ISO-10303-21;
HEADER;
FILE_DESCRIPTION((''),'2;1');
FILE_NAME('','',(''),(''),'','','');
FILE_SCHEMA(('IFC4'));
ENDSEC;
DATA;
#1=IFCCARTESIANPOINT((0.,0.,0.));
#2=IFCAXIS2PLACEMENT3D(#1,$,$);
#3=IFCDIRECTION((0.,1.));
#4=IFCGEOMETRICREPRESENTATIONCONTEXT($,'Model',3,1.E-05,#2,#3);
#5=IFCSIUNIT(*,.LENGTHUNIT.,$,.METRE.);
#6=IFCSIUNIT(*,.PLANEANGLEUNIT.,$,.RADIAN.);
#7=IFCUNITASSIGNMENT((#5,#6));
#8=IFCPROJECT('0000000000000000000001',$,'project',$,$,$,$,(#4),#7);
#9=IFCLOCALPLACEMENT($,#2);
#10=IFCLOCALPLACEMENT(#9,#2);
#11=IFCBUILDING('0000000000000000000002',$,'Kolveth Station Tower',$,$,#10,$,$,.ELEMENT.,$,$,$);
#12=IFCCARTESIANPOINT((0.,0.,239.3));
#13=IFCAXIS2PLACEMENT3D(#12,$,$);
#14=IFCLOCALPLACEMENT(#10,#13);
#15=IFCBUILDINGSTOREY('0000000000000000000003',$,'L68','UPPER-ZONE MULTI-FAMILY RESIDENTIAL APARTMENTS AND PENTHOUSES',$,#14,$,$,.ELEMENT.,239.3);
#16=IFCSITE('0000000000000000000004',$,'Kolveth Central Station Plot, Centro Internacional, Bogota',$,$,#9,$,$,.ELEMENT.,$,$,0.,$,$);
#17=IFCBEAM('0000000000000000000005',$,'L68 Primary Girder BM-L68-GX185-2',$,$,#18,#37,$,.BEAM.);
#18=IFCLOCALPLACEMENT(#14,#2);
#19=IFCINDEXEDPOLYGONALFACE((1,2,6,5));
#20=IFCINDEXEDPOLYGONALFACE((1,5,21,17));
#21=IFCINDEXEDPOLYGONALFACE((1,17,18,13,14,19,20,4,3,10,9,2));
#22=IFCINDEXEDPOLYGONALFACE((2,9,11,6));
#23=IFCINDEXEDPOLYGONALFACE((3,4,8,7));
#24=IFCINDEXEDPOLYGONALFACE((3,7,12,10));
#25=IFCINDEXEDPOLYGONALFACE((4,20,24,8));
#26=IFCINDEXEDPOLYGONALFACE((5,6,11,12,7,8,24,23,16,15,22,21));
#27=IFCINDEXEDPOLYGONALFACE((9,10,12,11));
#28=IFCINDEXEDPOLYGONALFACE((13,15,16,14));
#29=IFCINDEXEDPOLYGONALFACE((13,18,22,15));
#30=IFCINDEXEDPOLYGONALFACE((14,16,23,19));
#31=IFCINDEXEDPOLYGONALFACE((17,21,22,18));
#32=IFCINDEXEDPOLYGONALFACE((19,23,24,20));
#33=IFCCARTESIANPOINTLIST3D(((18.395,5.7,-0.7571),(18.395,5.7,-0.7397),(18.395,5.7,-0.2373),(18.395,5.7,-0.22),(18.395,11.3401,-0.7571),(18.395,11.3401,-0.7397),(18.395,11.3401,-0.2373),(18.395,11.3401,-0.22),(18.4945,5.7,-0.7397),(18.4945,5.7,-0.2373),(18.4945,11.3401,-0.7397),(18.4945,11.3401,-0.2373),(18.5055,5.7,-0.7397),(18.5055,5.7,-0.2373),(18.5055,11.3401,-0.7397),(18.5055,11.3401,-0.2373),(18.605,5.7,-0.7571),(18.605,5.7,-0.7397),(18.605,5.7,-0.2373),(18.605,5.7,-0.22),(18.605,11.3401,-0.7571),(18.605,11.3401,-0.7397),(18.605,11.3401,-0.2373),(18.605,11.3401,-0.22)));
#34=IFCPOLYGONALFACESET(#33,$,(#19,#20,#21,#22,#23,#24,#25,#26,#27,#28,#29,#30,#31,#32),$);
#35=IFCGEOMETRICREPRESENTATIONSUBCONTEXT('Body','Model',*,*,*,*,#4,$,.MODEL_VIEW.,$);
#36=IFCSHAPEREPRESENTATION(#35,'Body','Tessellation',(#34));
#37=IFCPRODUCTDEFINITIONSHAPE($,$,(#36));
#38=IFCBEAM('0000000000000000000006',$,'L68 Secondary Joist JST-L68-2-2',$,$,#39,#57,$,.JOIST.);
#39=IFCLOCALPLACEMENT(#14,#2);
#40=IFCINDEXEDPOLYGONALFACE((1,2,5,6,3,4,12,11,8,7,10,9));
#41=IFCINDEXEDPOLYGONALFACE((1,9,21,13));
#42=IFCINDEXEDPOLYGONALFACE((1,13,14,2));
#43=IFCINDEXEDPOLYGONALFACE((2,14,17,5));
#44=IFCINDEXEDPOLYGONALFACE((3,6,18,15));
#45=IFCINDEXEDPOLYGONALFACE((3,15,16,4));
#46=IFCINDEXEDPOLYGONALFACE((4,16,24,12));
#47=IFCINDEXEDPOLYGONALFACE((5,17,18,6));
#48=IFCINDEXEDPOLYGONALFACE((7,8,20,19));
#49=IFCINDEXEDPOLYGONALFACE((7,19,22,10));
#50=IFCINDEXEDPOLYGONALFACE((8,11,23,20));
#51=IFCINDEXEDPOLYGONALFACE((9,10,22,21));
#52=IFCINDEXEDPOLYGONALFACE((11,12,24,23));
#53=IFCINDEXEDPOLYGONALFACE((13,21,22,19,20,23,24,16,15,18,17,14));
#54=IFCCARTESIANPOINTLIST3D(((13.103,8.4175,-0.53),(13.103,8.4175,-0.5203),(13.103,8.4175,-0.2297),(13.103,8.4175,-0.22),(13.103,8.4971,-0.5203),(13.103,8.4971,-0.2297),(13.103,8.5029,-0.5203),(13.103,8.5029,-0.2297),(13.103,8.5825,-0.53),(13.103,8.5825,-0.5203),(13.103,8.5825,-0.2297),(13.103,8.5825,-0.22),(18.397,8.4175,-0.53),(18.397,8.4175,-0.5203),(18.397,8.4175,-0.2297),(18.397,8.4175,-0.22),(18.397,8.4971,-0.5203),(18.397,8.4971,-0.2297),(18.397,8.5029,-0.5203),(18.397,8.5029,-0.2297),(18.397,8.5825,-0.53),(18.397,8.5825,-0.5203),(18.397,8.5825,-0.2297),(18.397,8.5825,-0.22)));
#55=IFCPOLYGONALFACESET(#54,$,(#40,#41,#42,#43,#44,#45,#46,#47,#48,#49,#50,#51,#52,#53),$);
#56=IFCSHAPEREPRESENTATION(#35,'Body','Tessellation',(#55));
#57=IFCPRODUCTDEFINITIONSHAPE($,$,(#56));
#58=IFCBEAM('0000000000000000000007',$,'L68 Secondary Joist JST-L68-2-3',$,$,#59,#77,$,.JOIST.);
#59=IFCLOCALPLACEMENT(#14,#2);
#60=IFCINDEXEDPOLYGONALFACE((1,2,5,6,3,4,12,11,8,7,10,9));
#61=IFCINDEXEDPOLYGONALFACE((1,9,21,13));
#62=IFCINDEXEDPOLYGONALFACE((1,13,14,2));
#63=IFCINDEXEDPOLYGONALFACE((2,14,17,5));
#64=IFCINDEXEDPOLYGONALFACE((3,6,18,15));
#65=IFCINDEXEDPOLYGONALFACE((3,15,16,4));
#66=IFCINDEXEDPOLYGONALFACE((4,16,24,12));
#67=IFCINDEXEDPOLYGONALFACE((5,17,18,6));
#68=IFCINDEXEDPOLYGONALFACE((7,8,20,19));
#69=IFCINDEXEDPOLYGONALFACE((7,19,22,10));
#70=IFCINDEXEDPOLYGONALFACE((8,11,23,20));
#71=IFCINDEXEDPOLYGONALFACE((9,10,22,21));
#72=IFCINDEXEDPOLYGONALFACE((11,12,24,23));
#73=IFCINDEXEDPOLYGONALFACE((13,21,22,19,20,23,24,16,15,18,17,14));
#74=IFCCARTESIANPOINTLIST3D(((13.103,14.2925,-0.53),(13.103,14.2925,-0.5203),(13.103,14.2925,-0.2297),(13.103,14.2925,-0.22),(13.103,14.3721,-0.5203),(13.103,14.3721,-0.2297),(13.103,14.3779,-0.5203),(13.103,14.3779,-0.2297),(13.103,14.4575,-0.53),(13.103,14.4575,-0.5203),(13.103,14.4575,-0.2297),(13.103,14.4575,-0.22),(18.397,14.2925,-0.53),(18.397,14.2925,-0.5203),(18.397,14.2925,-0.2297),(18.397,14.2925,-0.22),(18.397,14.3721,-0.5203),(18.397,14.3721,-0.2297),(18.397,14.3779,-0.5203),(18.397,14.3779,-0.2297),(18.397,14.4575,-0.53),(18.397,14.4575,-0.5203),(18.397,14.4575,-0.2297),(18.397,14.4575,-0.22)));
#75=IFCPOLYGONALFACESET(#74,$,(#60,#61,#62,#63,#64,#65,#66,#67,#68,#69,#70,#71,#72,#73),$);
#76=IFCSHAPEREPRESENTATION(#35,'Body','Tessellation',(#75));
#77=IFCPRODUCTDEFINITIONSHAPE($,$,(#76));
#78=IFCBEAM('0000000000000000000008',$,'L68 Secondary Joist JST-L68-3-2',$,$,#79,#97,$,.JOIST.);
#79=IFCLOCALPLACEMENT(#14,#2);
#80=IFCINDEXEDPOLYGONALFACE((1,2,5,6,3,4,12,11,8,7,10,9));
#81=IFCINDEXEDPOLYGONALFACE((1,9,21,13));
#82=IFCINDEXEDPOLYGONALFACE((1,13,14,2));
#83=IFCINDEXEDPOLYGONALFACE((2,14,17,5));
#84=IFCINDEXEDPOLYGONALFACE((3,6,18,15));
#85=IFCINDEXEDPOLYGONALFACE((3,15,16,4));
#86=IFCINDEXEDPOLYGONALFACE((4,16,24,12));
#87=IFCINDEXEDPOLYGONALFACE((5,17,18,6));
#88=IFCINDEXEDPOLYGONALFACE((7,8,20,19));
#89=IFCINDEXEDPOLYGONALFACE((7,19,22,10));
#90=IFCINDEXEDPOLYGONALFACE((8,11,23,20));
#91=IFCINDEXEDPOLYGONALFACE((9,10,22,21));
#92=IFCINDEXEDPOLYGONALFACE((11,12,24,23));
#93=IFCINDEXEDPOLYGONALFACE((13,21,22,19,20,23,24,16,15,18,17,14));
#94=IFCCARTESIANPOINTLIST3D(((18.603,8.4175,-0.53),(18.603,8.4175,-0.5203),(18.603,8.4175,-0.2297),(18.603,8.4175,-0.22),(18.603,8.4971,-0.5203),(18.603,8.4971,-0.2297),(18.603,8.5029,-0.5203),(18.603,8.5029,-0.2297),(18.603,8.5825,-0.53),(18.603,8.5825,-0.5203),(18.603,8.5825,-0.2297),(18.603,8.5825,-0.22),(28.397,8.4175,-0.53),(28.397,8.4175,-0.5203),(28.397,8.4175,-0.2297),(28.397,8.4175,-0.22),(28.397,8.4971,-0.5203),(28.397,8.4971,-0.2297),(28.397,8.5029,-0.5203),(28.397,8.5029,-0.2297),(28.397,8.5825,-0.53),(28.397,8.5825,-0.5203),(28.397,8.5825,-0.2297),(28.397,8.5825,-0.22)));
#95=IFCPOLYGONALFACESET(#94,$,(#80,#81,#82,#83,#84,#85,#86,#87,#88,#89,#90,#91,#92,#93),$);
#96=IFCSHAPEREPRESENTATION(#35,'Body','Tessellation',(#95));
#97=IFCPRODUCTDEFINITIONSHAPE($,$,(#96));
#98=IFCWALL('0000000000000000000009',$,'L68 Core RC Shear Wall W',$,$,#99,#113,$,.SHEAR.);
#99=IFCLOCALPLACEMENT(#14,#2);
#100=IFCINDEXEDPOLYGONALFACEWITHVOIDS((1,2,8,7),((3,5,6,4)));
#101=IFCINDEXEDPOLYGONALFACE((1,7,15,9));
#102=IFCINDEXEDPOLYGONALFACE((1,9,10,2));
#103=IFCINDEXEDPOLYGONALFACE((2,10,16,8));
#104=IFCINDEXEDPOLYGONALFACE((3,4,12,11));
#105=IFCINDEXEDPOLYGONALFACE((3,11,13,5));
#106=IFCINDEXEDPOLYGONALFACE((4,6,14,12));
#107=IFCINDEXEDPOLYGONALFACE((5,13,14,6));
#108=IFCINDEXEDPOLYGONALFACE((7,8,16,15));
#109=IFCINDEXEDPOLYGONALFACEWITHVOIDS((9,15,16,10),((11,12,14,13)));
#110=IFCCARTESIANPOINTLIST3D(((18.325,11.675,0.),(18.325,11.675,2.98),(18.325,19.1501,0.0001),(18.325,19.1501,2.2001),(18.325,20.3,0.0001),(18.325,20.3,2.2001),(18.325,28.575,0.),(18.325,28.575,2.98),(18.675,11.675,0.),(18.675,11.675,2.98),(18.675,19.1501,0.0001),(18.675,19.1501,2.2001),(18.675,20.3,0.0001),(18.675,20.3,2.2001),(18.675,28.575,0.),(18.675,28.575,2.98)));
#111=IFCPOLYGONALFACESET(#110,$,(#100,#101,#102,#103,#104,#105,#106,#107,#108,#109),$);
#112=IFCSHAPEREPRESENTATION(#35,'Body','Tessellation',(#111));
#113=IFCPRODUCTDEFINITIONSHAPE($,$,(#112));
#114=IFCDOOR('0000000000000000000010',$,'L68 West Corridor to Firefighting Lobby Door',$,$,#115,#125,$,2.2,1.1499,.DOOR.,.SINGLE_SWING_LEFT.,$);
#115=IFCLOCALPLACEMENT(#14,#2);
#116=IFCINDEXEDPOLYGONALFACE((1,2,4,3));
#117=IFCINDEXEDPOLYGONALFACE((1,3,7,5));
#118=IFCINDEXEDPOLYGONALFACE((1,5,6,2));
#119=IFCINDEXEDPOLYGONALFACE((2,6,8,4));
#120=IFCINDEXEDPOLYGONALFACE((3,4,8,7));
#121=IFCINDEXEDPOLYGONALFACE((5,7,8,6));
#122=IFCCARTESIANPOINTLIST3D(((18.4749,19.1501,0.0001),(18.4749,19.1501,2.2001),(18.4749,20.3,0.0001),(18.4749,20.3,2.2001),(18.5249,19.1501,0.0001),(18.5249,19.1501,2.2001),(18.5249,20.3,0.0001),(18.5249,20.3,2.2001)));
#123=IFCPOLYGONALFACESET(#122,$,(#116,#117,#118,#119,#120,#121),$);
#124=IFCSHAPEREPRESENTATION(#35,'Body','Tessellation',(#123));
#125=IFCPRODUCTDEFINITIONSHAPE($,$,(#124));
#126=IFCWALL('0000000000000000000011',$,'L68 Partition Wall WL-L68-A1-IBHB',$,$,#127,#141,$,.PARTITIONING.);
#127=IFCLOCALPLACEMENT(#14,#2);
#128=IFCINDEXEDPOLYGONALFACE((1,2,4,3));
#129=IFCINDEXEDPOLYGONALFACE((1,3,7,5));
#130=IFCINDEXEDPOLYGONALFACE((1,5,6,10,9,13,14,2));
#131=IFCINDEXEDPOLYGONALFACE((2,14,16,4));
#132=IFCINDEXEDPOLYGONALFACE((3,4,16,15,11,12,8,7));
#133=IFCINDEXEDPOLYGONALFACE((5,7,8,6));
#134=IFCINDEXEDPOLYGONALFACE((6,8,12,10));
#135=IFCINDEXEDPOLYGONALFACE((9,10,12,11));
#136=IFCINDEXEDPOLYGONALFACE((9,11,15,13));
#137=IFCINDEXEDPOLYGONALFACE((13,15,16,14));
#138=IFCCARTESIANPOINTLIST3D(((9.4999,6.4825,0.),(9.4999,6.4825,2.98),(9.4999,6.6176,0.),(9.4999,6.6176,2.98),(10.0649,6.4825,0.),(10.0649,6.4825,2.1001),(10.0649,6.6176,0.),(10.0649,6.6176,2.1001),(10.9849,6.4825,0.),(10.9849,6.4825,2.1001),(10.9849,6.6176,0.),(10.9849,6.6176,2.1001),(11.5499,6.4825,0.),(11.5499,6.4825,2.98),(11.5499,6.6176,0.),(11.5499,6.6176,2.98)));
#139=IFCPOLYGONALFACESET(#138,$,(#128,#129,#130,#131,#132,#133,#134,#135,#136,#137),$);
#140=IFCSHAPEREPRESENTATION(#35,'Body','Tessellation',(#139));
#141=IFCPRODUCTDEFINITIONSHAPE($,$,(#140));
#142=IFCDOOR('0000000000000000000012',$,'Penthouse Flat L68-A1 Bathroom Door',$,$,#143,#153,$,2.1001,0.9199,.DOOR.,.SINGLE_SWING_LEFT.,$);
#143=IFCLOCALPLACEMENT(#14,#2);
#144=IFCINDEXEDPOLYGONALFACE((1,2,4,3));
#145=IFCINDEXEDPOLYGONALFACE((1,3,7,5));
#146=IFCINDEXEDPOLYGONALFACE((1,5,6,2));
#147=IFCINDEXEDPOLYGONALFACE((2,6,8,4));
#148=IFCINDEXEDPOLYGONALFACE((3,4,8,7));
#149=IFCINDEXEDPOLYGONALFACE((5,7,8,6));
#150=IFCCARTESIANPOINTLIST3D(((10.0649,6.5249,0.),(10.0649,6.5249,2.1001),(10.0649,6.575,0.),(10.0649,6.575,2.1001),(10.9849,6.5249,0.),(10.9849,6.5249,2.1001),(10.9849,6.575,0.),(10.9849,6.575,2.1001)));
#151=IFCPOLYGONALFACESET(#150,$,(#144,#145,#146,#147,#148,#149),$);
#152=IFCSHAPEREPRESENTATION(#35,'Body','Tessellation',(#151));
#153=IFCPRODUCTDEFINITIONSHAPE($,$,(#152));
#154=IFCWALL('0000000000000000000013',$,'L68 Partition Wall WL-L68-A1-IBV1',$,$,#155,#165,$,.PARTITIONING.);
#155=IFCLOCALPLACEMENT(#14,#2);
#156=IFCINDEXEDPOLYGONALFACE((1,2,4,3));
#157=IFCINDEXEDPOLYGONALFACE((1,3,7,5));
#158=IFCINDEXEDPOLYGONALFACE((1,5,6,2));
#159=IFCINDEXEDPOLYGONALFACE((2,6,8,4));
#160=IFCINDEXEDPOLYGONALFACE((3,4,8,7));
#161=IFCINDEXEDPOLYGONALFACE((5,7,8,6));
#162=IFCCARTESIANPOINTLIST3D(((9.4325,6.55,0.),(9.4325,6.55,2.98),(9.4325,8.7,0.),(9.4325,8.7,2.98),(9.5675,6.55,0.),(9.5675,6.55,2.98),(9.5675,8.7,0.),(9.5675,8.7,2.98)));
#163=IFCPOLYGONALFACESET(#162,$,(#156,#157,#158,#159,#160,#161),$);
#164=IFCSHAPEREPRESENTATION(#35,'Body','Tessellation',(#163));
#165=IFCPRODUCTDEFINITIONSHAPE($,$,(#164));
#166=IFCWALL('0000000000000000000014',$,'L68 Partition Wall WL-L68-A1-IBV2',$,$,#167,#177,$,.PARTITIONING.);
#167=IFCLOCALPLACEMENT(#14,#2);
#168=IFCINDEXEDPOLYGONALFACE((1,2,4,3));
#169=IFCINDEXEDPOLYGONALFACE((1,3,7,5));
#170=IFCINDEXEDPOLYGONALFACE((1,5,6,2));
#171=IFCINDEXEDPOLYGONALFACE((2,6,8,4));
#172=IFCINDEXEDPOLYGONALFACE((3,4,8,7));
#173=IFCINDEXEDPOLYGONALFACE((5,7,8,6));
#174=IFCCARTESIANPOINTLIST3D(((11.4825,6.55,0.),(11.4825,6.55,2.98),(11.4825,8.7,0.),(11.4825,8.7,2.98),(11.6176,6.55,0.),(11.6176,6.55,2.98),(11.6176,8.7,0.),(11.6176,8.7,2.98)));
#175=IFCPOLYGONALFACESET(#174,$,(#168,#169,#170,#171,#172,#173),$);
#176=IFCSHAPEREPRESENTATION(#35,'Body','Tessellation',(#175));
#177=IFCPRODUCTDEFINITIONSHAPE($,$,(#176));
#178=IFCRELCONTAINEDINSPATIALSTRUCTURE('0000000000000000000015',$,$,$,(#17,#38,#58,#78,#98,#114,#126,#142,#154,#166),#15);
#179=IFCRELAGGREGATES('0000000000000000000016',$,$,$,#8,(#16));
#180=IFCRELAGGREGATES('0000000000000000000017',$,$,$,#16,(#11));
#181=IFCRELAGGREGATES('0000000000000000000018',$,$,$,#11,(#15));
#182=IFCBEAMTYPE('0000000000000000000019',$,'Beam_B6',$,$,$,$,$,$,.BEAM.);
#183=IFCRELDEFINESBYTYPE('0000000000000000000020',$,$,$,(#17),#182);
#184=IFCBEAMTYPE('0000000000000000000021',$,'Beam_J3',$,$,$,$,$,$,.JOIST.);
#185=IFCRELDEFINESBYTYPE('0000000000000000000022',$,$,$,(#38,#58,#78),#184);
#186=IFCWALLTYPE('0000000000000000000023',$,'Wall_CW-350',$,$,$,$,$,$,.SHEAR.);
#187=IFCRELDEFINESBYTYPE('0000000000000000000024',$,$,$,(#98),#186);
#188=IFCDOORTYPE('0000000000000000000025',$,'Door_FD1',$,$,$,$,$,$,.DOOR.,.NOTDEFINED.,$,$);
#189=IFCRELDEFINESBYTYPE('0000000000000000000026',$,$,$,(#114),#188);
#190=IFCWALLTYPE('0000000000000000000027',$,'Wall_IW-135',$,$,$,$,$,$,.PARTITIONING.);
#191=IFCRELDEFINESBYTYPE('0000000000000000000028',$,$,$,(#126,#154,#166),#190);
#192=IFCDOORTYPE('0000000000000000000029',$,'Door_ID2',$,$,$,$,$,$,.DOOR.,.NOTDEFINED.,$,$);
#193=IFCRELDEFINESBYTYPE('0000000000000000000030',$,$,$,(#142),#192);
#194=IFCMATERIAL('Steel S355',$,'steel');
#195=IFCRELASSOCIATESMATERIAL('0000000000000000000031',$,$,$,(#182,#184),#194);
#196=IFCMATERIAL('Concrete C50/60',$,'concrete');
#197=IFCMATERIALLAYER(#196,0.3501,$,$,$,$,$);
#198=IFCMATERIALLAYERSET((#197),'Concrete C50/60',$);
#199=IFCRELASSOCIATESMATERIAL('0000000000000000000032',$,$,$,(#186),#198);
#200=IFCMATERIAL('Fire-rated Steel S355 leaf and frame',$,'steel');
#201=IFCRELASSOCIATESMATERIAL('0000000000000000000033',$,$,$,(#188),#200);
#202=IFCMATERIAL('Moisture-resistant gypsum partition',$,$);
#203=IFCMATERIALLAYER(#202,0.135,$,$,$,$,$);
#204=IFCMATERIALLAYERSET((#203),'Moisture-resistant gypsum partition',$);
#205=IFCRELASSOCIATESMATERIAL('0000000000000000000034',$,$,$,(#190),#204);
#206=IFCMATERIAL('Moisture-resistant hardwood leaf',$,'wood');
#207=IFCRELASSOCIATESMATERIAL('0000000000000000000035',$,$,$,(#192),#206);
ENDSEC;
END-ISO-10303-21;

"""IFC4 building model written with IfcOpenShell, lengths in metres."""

from ifc_helpers import new_model, si_unit, direction, frame, frame_2d, origin, origin_2d, place, context, subcontext, project, spatial, rectangle, i_section, extrude, source, transform, mapped, material, layer, layer_set, material_profile, profile_set, type_object, element, fill, save


model = new_model("IFC4")

# Units and contexts
model_context = context("Model", 3, precision=1e-05, world=origin(), true_north=direction((0.0, 1.0)))
body_context = subcontext(model_context, "Body", "Model", "MODEL_VIEW")
ifc_project = project(units=[si_unit("LENGTHUNIT", "METRE"), si_unit("PLANEANGLEUNIT", "RADIAN")], contexts=[model_context])

# Site, building, storey
site_placement = place(None, origin())
site = spatial("IfcSite", under=ifc_project, at=site_placement, Name="Kolveth Central Station Plot, Centro Internacional, Bogota", CompositionType="ELEMENT", RefElevation=0.0)
building_placement = place(site_placement, origin())
building = spatial("IfcBuilding", under=site, at=building_placement, Name="Kolveth Station Tower", CompositionType="ELEMENT")
storey_placement = place(building_placement, frame((0.0, 0.0, 239.3)))
storey = spatial("IfcBuildingStorey", under=building, at=storey_placement, Name="L68", Description="UPPER-ZONE MULTI-FAMILY RESIDENTIAL APARTMENTS AND PENTHOUSES", CompositionType="ELEMENT", Elevation=239.3)

# Shared definitions
ifc_material_1 = material(Name="Steel S355", Category="steel")

# Beams
ifc_material_profile_1 = material_profile(ifc_material_1, i_section(OverallWidth=0.21, OverallDepth=0.5371, WebThickness=0.011, FlangeThickness=0.0173, at=origin_2d()), Name="W530x101")
ifc_profile_set_1 = profile_set([ifc_material_profile_1], Name="Steel S355")
beam_type_1 = type_object("IfcBeamType", Name="Beam_B6", PredefinedType="BEAM", material=ifc_profile_set_1)
shared_shape_1 = source(origin(), body_context, "Body", "SweptSolid", [
    extrude(i_section(OverallWidth=0.21, OverallDepth=0.5371, WebThickness=0.011, FlangeThickness=0.0173, at=origin_2d()), origin(), (0.0, 0.0, 1.0), 5.6401),
])
beam_1_placement = place(storey_placement, frame((18.5, 5.7, -0.4885), z_axis=(0.0, 1.0, 0.0), x_axis=(-1.0, 0.0, 0.0)))
element("IfcBeam", 1, at=beam_1_placement, inside=storey, type_object=beam_type_1, Name="L68 Primary Girder BM-L68-GX185-2", PredefinedType="BEAM", context=body_context, shape_type="MappedRepresentation", body=[
    mapped(shared_shape_1, transform((0.0, 0.0, 0.0), x_axis=(1.0, 0.0, 0.0), y_axis=(0.0, 1.0, 0.0), z_axis=(0.0, 0.0, 1.0), scale=1.0)),
])
ifc_material_profile_2 = material_profile(ifc_material_1, i_section(OverallWidth=0.165, OverallDepth=0.3101, WebThickness=0.0059, FlangeThickness=0.0098, at=origin_2d()), Name="W310x39")
ifc_profile_set_2 = profile_set([ifc_material_profile_2], Name="Steel S355")
beam_type_2 = type_object("IfcBeamType", Name="Beam_J3", PredefinedType="JOIST", material=ifc_profile_set_2)
shared_shape_2 = source(origin(), body_context, "Body", "SweptSolid", [
    extrude(i_section(OverallWidth=0.165, OverallDepth=0.3101, WebThickness=0.0059, FlangeThickness=0.0098, at=origin_2d()), origin(), (0.0, 0.0, 1.0), 5.2939),
])
for number, where, z_axis, x_axis, name in (
    (2, (13.103, 8.5, -0.375), (1.0, 0.0, 0.0), (0.0, 1.0, 0.0), "L68 Secondary Joist JST-L68-2-2"),
    (3, (13.103, 14.375, -0.375), (1.0, 0.0, 0.0), (0.0, 1.0, 0.0), "L68 Secondary Joist JST-L68-2-3"),
):
    element("IfcBeam", number, at=place(storey_placement, frame(where, z_axis=z_axis, x_axis=x_axis)), inside=storey, type_object=beam_type_2, Name=name, PredefinedType="JOIST", context=body_context, shape_type="MappedRepresentation", body=[
        mapped(shared_shape_2, transform((0.0, 0.0, 0.0), x_axis=(1.0, 0.0, 0.0), y_axis=(0.0, 1.0, 0.0), z_axis=(0.0, 0.0, 1.0), scale=1.0)),
    ])
shared_shape_3 = source(origin(), body_context, "Body", "SweptSolid", [
    extrude(i_section(OverallWidth=0.165, OverallDepth=0.3101, WebThickness=0.0059, FlangeThickness=0.0098, at=origin_2d()), origin(), (0.0, 0.0, 1.0), 9.7939),
])
beam_2_placement = place(storey_placement, frame((18.603, 8.5, -0.375), z_axis=(1.0, 0.0, 0.0), x_axis=(0.0, 1.0, 0.0)))
element("IfcBeam", 4, at=beam_2_placement, inside=storey, type_object=beam_type_2, Name="L68 Secondary Joist JST-L68-3-2", PredefinedType="JOIST", context=body_context, shape_type="MappedRepresentation", body=[
    mapped(shared_shape_3, transform((0.0, 0.0, 0.0), x_axis=(1.0, 0.0, 0.0), y_axis=(0.0, 1.0, 0.0), z_axis=(0.0, 0.0, 1.0), scale=1.0)),
])

# Shared definitions
ifc_material_2 = material(Name="Concrete C50/60", Category="concrete")
ifc_layer_1 = layer(ifc_material_2, 0.3501)
ifc_layer_set_1 = layer_set([ifc_layer_1], Name="Concrete C50/60")
wall_type_1 = type_object("IfcWallType", Name="Wall_CW-350", PredefinedType="SHEAR", material=ifc_layer_set_1)

# Walls, openings, doors
wall_1_placement = place(storey_placement, frame((18.5, 11.675, 0.0), z_axis=(0.0, 0.0, 1.0), x_axis=(0.0, 1.0, 0.0)))
wall_1 = element("IfcWall", 5, at=wall_1_placement, inside=storey, type_object=wall_type_1, Name="L68 Core RC Shear Wall W", PredefinedType="SHEAR", context=body_context, shape_type="SweptSolid", body=[
    extrude(rectangle(XDim=16.8999, YDim=0.3501, at=frame_2d((8.45, 0.0))), origin(), (0.0, 0.0, 1.0), 2.98),
])
opening_1_placement = place(wall_1_placement, frame((7.4751, 0.0, 0.0)))
opening_1 = element("IfcOpeningElement", 6, at=opening_1_placement, cuts=wall_1, PredefinedType="OPENING", context=body_context, shape_type="SweptSolid", body=[
    extrude(rectangle(XDim=1.1499, YDim=2.2, at=frame_2d((0.575, 1.1001))), frame((0.0, 0.1851, 0.0), z_axis=(0.0, -1.0, 0.0), x_axis=(1.0, 0.0, 0.0)), (0.0, 0.0, 1.0), 0.3701),
])
ifc_material_3 = material(Name="Fire-rated Steel S355 leaf and frame", Category="steel")
door_type_1 = type_object("IfcDoorType", Name="Door_FD1", OperationType="NOTDEFINED", PredefinedType="DOOR", material=ifc_material_3)
door_1_placement = place(opening_1_placement, frame((1.1499, 0.0, 0.0), z_axis=(0.0, 0.0, 1.0), x_axis=(-1.0, 0.0, 0.0)))
door_1 = element("IfcDoor", 7, at=door_1_placement, inside=storey, type_object=door_type_1, Name="L68 West Corridor to Firefighting Lobby Door", OperationType="SINGLE_SWING_LEFT", OverallHeight=2.2, OverallWidth=1.1499, PredefinedType="DOOR", context=body_context, shape_type="SweptSolid", body=[
    extrude(rectangle(XDim=1.1499, YDim=2.2, at=frame_2d((0.575, 1.1001))), frame((0.0, 0.0249, 0.0), z_axis=(0.0, -1.0, 0.0), x_axis=(1.0, 0.0, 0.0)), (0.0, 0.0, 1.0), 0.05),
])
fill(opening_1, door_1)
ifc_material_4 = material(Name="Moisture-resistant gypsum partition")
ifc_layer_2 = layer(ifc_material_4, 0.135)
ifc_layer_set_2 = layer_set([ifc_layer_2], Name="Moisture-resistant gypsum partition")
wall_type_2 = type_object("IfcWallType", Name="Wall_IW-135", PredefinedType="PARTITIONING", material=ifc_layer_set_2)
wall_2_placement = place(storey_placement, frame((9.5, 6.55, 0.0), z_axis=(0.0, 0.0, 1.0), x_axis=(1.0, 0.0, 0.0)))
wall_2 = element("IfcWall", 8, at=wall_2_placement, inside=storey, type_object=wall_type_2, Name="L68 Partition Wall WL-L68-A1-IBHB", PredefinedType="PARTITIONING", context=body_context, shape_type="SweptSolid", body=[
    extrude(rectangle(XDim=2.05, YDim=0.135, at=frame_2d((1.0249, 0.0))), origin(), (0.0, 0.0, 1.0), 2.98),
])
opening_2_placement = place(wall_2_placement, frame((0.5649, 0.0, 0.0)))
opening_2 = element("IfcOpeningElement", 9, at=opening_2_placement, cuts=wall_2, PredefinedType="OPENING", context=body_context, shape_type="SweptSolid", body=[
    extrude(rectangle(XDim=0.9199, YDim=2.1001, at=frame_2d((0.46, 1.05))), frame((0.0, 0.0774, 0.0), z_axis=(0.0, -1.0, 0.0), x_axis=(1.0, 0.0, 0.0)), (0.0, 0.0, 1.0), 0.155),
])
ifc_material_5 = material(Name="Moisture-resistant hardwood leaf", Category="wood")
door_type_2 = type_object("IfcDoorType", Name="Door_ID2", OperationType="NOTDEFINED", PredefinedType="DOOR", material=ifc_material_5)
door_2_placement = place(opening_2_placement, origin())
door_2 = element("IfcDoor", 10, at=door_2_placement, inside=storey, type_object=door_type_2, Name="Penthouse Flat L68-A1 Bathroom Door", OperationType="SINGLE_SWING_LEFT", OverallHeight=2.1001, OverallWidth=0.9199, PredefinedType="DOOR", context=body_context, shape_type="SweptSolid", body=[
    extrude(rectangle(XDim=0.9199, YDim=2.1001, at=frame_2d((0.46, 1.05))), frame((0.0, 0.0249, 0.0), z_axis=(0.0, -1.0, 0.0), x_axis=(1.0, 0.0, 0.0)), (0.0, 0.0, 1.0), 0.05),
])
fill(opening_2, door_2)

# Walls
for number, where, z_axis, x_axis, name in (
    (11, (9.5, 6.55, 0.0), (0.0, 0.0, 1.0), (0.0, 1.0, 0.0), "L68 Partition Wall WL-L68-A1-IBV1"),
    (12, (11.55, 6.55, 0.0), (0.0, 0.0, 1.0), (0.0, 1.0, 0.0), "L68 Partition Wall WL-L68-A1-IBV2"),
):
    element("IfcWall", number, at=place(storey_placement, frame(where, z_axis=z_axis, x_axis=x_axis)), inside=storey, type_object=wall_type_2, Name=name, PredefinedType="PARTITIONING", context=body_context, shape_type="SweptSolid", body=[
        extrude(rectangle(XDim=2.1499, YDim=0.135, at=frame_2d((1.075, 0.0))), origin(), (0.0, 0.0, 1.0), 2.98),
    ])

save(model, "model.ifc")
